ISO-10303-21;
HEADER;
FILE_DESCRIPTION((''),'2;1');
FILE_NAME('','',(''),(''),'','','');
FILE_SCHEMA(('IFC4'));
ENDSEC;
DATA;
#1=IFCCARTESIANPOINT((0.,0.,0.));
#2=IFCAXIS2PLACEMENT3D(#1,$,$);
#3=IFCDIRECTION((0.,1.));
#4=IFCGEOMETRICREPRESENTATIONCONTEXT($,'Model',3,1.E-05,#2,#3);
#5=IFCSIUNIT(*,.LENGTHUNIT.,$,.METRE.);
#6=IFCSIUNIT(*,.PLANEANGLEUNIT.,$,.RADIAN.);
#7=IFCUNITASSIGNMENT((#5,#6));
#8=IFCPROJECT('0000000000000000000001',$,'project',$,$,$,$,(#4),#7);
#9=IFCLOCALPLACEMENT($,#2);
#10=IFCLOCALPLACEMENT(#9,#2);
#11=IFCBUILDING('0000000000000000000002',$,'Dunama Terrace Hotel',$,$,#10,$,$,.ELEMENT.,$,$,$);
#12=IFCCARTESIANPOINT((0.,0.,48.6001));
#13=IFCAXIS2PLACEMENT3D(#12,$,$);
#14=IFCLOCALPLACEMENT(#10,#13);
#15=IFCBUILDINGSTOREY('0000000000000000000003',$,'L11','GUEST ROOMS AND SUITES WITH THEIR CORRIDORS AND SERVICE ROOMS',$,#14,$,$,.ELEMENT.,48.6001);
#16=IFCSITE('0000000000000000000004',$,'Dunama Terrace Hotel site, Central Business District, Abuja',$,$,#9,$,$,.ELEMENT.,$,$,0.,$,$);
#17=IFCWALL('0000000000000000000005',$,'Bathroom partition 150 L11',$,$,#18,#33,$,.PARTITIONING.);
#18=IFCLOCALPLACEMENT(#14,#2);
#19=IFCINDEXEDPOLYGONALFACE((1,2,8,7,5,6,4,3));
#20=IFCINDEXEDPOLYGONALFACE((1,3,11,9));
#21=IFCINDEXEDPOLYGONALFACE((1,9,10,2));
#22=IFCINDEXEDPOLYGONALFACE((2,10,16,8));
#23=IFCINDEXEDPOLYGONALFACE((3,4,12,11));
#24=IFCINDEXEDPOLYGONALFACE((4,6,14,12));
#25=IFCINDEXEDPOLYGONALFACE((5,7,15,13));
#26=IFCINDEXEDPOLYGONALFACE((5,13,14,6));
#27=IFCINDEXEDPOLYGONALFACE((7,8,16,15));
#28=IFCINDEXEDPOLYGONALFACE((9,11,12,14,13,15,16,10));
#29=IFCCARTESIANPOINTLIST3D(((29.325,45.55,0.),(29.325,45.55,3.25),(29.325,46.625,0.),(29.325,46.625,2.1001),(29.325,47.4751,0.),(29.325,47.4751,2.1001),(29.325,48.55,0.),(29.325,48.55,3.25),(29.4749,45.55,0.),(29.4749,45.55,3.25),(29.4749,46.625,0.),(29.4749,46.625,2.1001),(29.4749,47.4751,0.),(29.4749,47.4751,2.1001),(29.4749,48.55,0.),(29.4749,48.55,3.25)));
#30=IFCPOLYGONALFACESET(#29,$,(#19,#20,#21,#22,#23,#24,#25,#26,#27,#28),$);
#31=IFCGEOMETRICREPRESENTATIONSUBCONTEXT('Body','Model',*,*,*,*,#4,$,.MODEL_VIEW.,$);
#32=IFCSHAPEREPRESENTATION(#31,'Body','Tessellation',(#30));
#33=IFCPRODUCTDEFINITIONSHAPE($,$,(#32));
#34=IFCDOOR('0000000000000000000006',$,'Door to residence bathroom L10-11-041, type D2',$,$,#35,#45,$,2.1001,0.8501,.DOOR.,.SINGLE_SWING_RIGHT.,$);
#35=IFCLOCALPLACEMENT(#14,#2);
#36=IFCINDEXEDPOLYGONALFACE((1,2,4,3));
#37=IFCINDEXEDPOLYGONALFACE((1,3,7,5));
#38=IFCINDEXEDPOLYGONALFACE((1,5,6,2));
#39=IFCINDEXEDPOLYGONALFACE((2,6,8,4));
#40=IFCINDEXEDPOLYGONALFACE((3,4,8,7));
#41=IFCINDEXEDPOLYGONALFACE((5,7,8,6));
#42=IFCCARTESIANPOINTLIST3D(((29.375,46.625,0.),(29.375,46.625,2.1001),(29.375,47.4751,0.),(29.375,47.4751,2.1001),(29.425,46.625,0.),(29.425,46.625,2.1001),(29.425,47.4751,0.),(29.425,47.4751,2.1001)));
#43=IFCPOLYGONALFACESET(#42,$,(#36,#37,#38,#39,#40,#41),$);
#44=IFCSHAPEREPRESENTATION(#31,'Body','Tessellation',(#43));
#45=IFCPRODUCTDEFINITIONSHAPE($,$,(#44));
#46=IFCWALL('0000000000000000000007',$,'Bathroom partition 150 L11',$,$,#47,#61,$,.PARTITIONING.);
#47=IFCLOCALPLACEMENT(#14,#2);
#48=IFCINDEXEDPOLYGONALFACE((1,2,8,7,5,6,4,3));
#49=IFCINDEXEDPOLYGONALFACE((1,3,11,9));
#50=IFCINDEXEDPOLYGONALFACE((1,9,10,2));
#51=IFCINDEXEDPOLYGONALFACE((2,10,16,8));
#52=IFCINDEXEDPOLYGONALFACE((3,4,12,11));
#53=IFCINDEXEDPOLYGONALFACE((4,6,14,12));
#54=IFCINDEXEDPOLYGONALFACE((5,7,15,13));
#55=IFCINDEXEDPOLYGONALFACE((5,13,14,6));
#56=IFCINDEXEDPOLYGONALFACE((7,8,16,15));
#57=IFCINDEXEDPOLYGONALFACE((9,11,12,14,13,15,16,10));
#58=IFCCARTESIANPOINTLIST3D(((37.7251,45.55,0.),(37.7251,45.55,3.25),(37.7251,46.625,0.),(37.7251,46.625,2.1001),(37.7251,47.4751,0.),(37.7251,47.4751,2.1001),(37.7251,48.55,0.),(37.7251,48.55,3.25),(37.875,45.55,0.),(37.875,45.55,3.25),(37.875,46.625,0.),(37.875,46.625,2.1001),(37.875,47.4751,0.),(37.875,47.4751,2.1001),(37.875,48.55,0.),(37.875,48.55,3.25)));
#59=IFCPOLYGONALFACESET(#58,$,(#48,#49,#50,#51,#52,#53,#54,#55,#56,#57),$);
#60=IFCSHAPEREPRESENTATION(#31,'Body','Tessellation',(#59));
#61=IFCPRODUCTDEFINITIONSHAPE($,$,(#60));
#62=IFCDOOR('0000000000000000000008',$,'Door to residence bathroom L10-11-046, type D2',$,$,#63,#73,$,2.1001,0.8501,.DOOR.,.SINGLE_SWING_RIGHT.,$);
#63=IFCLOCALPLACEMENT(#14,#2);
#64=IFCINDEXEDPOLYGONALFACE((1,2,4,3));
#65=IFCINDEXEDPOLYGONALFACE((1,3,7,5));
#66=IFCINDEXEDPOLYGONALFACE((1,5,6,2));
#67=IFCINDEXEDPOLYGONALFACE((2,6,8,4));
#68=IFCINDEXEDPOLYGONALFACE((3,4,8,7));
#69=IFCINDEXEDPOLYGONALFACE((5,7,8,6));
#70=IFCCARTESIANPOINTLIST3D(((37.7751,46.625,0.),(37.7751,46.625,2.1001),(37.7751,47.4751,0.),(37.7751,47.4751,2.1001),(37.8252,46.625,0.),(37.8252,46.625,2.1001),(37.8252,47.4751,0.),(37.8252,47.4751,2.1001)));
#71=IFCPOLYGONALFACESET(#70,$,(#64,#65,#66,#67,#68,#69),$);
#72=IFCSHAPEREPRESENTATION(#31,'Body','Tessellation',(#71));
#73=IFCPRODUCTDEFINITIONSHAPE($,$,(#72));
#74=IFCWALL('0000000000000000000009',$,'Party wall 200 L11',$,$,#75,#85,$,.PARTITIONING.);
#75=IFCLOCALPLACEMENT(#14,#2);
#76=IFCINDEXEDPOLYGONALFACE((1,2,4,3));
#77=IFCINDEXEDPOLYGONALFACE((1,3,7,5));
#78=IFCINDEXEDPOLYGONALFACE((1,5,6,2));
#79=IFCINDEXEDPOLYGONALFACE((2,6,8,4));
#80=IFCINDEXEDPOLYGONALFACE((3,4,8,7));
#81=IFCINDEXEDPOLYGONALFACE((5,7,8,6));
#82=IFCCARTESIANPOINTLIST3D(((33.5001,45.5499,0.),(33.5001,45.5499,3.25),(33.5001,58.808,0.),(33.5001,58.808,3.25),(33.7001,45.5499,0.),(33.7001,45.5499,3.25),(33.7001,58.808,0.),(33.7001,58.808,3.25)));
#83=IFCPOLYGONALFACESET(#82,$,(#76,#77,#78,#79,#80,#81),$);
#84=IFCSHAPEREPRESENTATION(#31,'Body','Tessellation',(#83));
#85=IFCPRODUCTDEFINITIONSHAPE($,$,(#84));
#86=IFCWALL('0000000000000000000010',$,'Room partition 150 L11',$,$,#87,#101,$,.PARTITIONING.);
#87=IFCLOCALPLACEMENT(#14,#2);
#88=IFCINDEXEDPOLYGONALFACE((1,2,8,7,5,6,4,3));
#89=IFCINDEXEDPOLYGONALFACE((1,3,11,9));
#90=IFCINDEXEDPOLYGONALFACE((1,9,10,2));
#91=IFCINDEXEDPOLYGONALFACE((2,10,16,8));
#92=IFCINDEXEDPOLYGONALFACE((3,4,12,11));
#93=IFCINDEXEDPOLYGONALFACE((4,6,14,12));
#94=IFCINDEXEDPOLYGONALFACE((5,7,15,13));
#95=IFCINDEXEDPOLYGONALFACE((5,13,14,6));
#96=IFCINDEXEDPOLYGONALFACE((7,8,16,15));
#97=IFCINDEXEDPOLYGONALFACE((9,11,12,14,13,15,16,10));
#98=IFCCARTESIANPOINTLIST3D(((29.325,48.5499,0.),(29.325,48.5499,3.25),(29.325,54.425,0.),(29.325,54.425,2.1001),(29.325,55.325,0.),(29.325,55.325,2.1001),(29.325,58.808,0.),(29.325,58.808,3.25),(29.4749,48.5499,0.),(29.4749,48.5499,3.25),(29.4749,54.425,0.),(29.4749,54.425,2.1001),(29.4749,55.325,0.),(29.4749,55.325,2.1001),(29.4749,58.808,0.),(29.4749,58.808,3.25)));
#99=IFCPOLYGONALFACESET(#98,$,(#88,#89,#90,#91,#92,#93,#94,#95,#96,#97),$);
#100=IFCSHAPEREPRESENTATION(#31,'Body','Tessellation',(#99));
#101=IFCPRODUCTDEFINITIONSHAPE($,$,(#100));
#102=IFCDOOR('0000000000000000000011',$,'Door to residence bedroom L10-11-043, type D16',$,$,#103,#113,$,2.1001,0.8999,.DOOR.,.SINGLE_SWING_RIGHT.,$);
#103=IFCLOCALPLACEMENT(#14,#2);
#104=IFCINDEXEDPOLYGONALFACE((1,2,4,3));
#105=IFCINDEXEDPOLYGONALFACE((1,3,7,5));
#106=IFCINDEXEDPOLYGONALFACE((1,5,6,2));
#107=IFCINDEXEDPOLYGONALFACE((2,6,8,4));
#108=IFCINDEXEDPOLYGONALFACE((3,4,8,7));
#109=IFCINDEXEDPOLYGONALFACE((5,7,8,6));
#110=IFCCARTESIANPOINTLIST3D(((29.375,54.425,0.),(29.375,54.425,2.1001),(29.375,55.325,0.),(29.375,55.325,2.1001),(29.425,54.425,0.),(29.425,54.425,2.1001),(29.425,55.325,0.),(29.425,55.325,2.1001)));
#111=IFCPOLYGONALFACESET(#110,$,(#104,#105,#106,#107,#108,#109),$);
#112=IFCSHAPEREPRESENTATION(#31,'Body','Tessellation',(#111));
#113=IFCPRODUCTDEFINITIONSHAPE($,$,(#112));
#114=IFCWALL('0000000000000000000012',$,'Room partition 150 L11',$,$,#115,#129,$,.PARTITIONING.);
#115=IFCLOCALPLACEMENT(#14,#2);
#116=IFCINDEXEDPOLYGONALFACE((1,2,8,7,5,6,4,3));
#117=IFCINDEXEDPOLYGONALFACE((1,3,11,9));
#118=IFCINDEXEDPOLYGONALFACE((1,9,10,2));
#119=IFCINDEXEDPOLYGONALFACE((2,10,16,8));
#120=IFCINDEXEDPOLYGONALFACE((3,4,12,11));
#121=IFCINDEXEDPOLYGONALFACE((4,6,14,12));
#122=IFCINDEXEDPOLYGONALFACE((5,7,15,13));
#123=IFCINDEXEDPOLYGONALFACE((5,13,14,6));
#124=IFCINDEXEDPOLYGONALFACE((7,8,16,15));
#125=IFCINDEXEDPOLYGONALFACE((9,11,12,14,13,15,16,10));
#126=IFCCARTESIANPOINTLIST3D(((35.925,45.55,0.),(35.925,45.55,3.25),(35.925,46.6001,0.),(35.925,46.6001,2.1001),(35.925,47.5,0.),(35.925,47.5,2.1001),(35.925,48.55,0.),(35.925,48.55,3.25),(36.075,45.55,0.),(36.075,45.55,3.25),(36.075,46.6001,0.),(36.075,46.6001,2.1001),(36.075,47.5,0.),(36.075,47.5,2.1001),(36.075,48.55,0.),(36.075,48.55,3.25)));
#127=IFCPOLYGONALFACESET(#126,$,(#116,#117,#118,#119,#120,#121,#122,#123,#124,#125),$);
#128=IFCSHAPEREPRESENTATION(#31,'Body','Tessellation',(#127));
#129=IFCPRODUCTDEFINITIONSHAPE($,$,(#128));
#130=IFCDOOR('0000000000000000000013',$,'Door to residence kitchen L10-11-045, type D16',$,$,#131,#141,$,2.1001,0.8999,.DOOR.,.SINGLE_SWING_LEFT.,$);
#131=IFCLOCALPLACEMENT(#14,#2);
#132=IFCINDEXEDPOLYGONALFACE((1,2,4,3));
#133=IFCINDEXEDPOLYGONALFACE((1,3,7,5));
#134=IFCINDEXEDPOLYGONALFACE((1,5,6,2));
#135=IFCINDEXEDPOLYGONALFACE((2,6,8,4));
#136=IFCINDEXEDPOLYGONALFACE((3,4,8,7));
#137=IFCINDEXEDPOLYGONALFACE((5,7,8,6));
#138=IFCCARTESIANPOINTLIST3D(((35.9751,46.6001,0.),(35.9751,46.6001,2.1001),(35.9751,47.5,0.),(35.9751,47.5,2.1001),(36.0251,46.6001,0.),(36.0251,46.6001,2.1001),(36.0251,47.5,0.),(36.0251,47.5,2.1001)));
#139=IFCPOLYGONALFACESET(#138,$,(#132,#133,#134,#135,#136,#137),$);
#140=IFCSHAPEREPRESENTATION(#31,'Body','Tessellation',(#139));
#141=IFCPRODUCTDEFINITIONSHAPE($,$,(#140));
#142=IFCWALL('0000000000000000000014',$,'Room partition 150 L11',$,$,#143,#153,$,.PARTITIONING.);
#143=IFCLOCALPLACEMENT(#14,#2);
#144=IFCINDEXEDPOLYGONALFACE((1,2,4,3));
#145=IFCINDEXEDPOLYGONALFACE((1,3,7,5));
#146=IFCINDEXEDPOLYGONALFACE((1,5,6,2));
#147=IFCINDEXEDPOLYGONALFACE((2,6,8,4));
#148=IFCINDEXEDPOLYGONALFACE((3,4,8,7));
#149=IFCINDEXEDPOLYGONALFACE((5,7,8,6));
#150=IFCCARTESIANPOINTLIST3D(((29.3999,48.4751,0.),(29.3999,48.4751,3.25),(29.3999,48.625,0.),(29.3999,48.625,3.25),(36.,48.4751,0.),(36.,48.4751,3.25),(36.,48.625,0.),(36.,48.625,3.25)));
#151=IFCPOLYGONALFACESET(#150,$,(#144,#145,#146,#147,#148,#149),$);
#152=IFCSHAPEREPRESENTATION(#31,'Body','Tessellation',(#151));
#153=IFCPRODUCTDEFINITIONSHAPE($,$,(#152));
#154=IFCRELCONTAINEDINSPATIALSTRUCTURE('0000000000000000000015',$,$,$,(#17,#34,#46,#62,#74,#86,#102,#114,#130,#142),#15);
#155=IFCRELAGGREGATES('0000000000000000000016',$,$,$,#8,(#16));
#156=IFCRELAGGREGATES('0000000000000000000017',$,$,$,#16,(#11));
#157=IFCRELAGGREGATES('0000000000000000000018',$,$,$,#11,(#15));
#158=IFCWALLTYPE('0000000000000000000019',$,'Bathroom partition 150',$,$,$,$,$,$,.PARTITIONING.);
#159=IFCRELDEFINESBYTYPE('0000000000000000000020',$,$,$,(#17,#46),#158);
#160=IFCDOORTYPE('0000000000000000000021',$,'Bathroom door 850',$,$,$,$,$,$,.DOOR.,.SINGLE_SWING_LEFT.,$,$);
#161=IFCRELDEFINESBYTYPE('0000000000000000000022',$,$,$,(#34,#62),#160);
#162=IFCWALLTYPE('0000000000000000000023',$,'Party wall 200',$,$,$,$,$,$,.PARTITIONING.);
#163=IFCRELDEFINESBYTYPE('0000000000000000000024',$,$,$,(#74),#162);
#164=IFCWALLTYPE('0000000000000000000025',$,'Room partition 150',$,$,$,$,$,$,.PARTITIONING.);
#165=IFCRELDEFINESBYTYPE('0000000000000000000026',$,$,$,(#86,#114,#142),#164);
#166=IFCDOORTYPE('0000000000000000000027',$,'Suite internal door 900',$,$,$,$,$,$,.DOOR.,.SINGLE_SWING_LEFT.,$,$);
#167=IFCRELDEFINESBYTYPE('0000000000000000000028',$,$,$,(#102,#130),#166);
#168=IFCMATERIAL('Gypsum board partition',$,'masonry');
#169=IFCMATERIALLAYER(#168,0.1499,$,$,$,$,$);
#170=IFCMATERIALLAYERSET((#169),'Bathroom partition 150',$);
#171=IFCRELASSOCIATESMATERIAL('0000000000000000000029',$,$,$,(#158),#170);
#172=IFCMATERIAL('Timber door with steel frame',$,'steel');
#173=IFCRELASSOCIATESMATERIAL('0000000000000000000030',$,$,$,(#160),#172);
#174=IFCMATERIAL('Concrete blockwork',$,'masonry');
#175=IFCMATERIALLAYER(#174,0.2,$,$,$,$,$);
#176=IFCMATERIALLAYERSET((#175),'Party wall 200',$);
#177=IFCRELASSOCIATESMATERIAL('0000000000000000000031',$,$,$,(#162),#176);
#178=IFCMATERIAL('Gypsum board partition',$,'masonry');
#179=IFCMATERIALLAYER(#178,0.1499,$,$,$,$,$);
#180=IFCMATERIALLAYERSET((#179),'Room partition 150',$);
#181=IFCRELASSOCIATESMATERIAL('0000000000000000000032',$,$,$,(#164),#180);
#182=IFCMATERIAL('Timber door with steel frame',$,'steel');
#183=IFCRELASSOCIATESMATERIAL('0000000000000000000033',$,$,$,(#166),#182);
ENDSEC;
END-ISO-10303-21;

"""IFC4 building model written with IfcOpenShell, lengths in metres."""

from ifc_helpers import new_model, si_unit, direction, frame, frame_2d, origin, place, context, subcontext, project, spatial, rectangle, extrude, material, layer, layer_set, type_object, element, fill, save


model = new_model("IFC4")

# Units and contexts
model_context = context("Model", 3, precision=1e-05, world=origin(), true_north=direction((0.0, 1.0)))
body_context = subcontext(model_context, "Body", "Model", "MODEL_VIEW")
ifc_project = project(units=[si_unit("LENGTHUNIT", "METRE"), si_unit("PLANEANGLEUNIT", "RADIAN")], contexts=[model_context])

# Site, building, storey
site_placement = place(None, origin())
site = spatial("IfcSite", under=ifc_project, at=site_placement, Name="Dunama Terrace Hotel site, Central Business District, Abuja", CompositionType="ELEMENT", RefElevation=0.0)
building_placement = place(site_placement, origin())
building = spatial("IfcBuilding", under=site, at=building_placement, Name="Dunama Terrace Hotel", CompositionType="ELEMENT")
storey_placement = place(building_placement, frame((0.0, 0.0, 48.6001)))
storey = spatial("IfcBuildingStorey", under=building, at=storey_placement, Name="L11", Description="GUEST ROOMS AND SUITES WITH THEIR CORRIDORS AND SERVICE ROOMS", CompositionType="ELEMENT", Elevation=48.6001)

# Walls, openings, doors
ifc_material_1 = material(Name="Gypsum board partition", Category="masonry")
ifc_layer_1 = layer(ifc_material_1, 0.1499)
ifc_layer_set_1 = layer_set([ifc_layer_1], Name="Bathroom partition 150")
wall_type_1 = type_object("IfcWallType", Name="Bathroom partition 150", PredefinedType="PARTITIONING", material=ifc_layer_set_1)
wall_1_placement = place(storey_placement, frame((29.3999, 45.55, 0.0), z_axis=(0.0, 0.0, 1.0), x_axis=(0.0, 1.0, 0.0)))
wall_1 = element("IfcWall", 1, at=wall_1_placement, inside=storey, type_object=wall_type_1, Name="Bathroom partition 150 L11", PredefinedType="PARTITIONING", context=body_context, shape_type="SweptSolid", body=[
    extrude(rectangle(XDim=3.0, YDim=0.1499, at=frame_2d((1.5, 0.0))), origin(), (0.0, 0.0, 1.0), 3.25),
])
opening_1_placement = place(wall_1_placement, frame((1.075, 0.0, 0.0)))
opening_1 = element("IfcOpeningElement", 2, at=opening_1_placement, cuts=wall_1, PredefinedType="OPENING", context=body_context, shape_type="SweptSolid", body=[
    extrude(rectangle(XDim=0.8501, YDim=2.1001, at=frame_2d((0.425, 1.05))), frame((0.0, 0.085, 0.0), z_axis=(0.0, -1.0, 0.0), x_axis=(1.0, 0.0, 0.0)), (0.0, 0.0, 1.0), 0.1699),
])
ifc_material_2 = material(Name="Timber door with steel frame", Category="steel")
door_type_1 = type_object("IfcDoorType", Name="Bathroom door 850", OperationType="SINGLE_SWING_LEFT", PredefinedType="DOOR", material=ifc_material_2)
door_1_placement = place(opening_1_placement, frame((0.8501, 0.0, 0.0), z_axis=(0.0, 0.0, 1.0), x_axis=(-1.0, 0.0, 0.0)))
door_1 = element("IfcDoor", 3, at=door_1_placement, inside=storey, type_object=door_type_1, Name="Door to residence bathroom L10-11-041, type D2", OperationType="SINGLE_SWING_RIGHT", OverallHeight=2.1001, OverallWidth=0.8501, PredefinedType="DOOR", context=body_context, shape_type="SweptSolid", body=[
    extrude(rectangle(XDim=0.8501, YDim=2.1001, at=frame_2d((0.425, 1.05))), frame((0.0, 0.0251, 0.0), z_axis=(0.0, -1.0, 0.0), x_axis=(1.0, 0.0, 0.0)), (0.0, 0.0, 1.0), 0.05),
])
fill(opening_1, door_1)
wall_2_placement = place(storey_placement, frame((37.8, 45.55, 0.0), z_axis=(0.0, 0.0, 1.0), x_axis=(0.0, 1.0, 0.0)))
wall_2 = element("IfcWall", 4, at=wall_2_placement, inside=storey, type_object=wall_type_1, Name="Bathroom partition 150 L11", PredefinedType="PARTITIONING", context=body_context, shape_type="SweptSolid", body=[
    extrude(rectangle(XDim=3.0, YDim=0.1499, at=frame_2d((1.5, 0.0))), origin(), (0.0, 0.0, 1.0), 3.25),
])
opening_2_placement = place(wall_2_placement, frame((1.075, 0.0, 0.0)))
opening_2 = element("IfcOpeningElement", 5, at=opening_2_placement, cuts=wall_2, PredefinedType="OPENING", context=body_context, shape_type="SweptSolid", body=[
    extrude(rectangle(XDim=0.8501, YDim=2.1001, at=frame_2d((0.425, 1.05))), frame((0.0, 0.085, 0.0), z_axis=(0.0, -1.0, 0.0), x_axis=(1.0, 0.0, 0.0)), (0.0, 0.0, 1.0), 0.1699),
])
door_2_placement = place(opening_2_placement, frame((0.8501, 0.0, 0.0), z_axis=(0.0, 0.0, 1.0), x_axis=(-1.0, 0.0, 0.0)))
door_2 = element("IfcDoor", 6, at=door_2_placement, inside=storey, type_object=door_type_1, Name="Door to residence bathroom L10-11-046, type D2", OperationType="SINGLE_SWING_RIGHT", OverallHeight=2.1001, OverallWidth=0.8501, PredefinedType="DOOR", context=body_context, shape_type="SweptSolid", body=[
    extrude(rectangle(XDim=0.8501, YDim=2.1001, at=frame_2d((0.425, 1.05))), frame((0.0, 0.0251, 0.0), z_axis=(0.0, -1.0, 0.0), x_axis=(1.0, 0.0, 0.0)), (0.0, 0.0, 1.0), 0.05),
])
fill(opening_2, door_2)

# Wall
ifc_material_3 = material(Name="Concrete blockwork", Category="masonry")
ifc_layer_2 = layer(ifc_material_3, 0.2)
ifc_layer_set_2 = layer_set([ifc_layer_2], Name="Party wall 200")
wall_type_2 = type_object("IfcWallType", Name="Party wall 200", PredefinedType="PARTITIONING", material=ifc_layer_set_2)
wall_3_placement = place(storey_placement, frame((33.6001, 45.55, 0.0), z_axis=(0.0, 0.0, 1.0), x_axis=(0.0, 1.0, 0.0)))
element("IfcWall", 7, at=wall_3_placement, inside=storey, type_object=wall_type_2, Name="Party wall 200 L11", PredefinedType="PARTITIONING", context=body_context, shape_type="SweptSolid", body=[
    extrude(rectangle(XDim=13.2581, YDim=0.2, at=frame_2d((6.6289, 0.0))), origin(), (0.0, 0.0, 1.0), 3.25),
])

# Walls, openings, doors
ifc_material_4 = material(Name="Gypsum board partition", Category="masonry")
ifc_layer_3 = layer(ifc_material_4, 0.1499)
ifc_layer_set_3 = layer_set([ifc_layer_3], Name="Room partition 150")
wall_type_3 = type_object("IfcWallType", Name="Room partition 150", PredefinedType="PARTITIONING", material=ifc_layer_set_3)
wall_4_placement = place(storey_placement, frame((29.3999, 48.55, 0.0), z_axis=(0.0, 0.0, 1.0), x_axis=(0.0, 1.0, 0.0)))
wall_4 = element("IfcWall", 8, at=wall_4_placement, inside=storey, type_object=wall_type_3, Name="Room partition 150 L11", PredefinedType="PARTITIONING", context=body_context, shape_type="SweptSolid", body=[
    extrude(rectangle(XDim=10.2581, YDim=0.1499, at=frame_2d((5.1289, 0.0))), origin(), (0.0, 0.0, 1.0), 3.25),
])
opening_3_placement = place(wall_4_placement, frame((5.875, 0.0, 0.0)))
opening_3 = element("IfcOpeningElement", 9, at=opening_3_placement, cuts=wall_4, PredefinedType="OPENING", context=body_context, shape_type="SweptSolid", body=[
    extrude(rectangle(XDim=0.8999, YDim=2.1001, at=frame_2d((0.45, 1.05))), frame((0.0, 0.085, 0.0), z_axis=(0.0, -1.0, 0.0), x_axis=(1.0, 0.0, 0.0)), (0.0, 0.0, 1.0), 0.1699),
])
ifc_material_5 = material(Name="Timber door with steel frame", Category="steel")
door_type_2 = type_object("IfcDoorType", Name="Suite internal door 900", OperationType="SINGLE_SWING_LEFT", PredefinedType="DOOR", material=ifc_material_5)
door_3_placement = place(opening_3_placement, frame((0.8999, 0.0, 0.0), z_axis=(0.0, 0.0, 1.0), x_axis=(-1.0, 0.0, 0.0)))
door_3 = element("IfcDoor", 10, at=door_3_placement, inside=storey, type_object=door_type_2, Name="Door to residence bedroom L10-11-043, type D16", OperationType="SINGLE_SWING_RIGHT", OverallHeight=2.1001, OverallWidth=0.8999, PredefinedType="DOOR", context=body_context, shape_type="SweptSolid", body=[
    extrude(rectangle(XDim=0.8999, YDim=2.1001, at=frame_2d((0.45, 1.05))), frame((0.0, 0.0251, 0.0), z_axis=(0.0, -1.0, 0.0), x_axis=(1.0, 0.0, 0.0)), (0.0, 0.0, 1.0), 0.05),
])
fill(opening_3, door_3)
wall_5_placement = place(storey_placement, frame((36.0, 45.55, 0.0), z_axis=(0.0, 0.0, 1.0), x_axis=(0.0, 1.0, 0.0)))
wall_5 = element("IfcWall", 11, at=wall_5_placement, inside=storey, type_object=wall_type_3, Name="Room partition 150 L11", PredefinedType="PARTITIONING", context=body_context, shape_type="SweptSolid", body=[
    extrude(rectangle(XDim=3.0, YDim=0.1499, at=frame_2d((1.5, 0.0))), origin(), (0.0, 0.0, 1.0), 3.25),
])
opening_4_placement = place(wall_5_placement, frame((1.05, 0.0, 0.0)))
opening_4 = element("IfcOpeningElement", 12, at=opening_4_placement, cuts=wall_5, PredefinedType="OPENING", context=body_context, shape_type="SweptSolid", body=[
    extrude(rectangle(XDim=0.8999, YDim=2.1001, at=frame_2d((0.45, 1.05))), frame((0.0, 0.085, 0.0), z_axis=(0.0, -1.0, 0.0), x_axis=(1.0, 0.0, 0.0)), (0.0, 0.0, 1.0), 0.1699),
])
door_4_placement = place(opening_4_placement, origin())
door_4 = element("IfcDoor", 13, at=door_4_placement, inside=storey, type_object=door_type_2, Name="Door to residence kitchen L10-11-045, type D16", OperationType="SINGLE_SWING_LEFT", OverallHeight=2.1001, OverallWidth=0.8999, PredefinedType="DOOR", context=body_context, shape_type="SweptSolid", body=[
    extrude(rectangle(XDim=0.8999, YDim=2.1001, at=frame_2d((0.45, 1.05))), frame((0.0, 0.0249, 0.0), z_axis=(0.0, -1.0, 0.0), x_axis=(1.0, 0.0, 0.0)), (0.0, 0.0, 1.0), 0.05),
])
fill(opening_4, door_4)

# Wall
wall_6_placement = place(storey_placement, frame((29.3999, 48.55, 0.0), z_axis=(0.0, 0.0, 1.0), x_axis=(1.0, 0.0, 0.0)))
element("IfcWall", 14, at=wall_6_placement, inside=storey, type_object=wall_type_3, Name="Room partition 150 L11", PredefinedType="PARTITIONING", context=body_context, shape_type="SweptSolid", body=[
    extrude(rectangle(XDim=6.6001, YDim=0.1499, at=frame_2d((3.3, 0.0))), origin(), (0.0, 0.0, 1.0), 3.25),
])

save(model, "model.ifc")
